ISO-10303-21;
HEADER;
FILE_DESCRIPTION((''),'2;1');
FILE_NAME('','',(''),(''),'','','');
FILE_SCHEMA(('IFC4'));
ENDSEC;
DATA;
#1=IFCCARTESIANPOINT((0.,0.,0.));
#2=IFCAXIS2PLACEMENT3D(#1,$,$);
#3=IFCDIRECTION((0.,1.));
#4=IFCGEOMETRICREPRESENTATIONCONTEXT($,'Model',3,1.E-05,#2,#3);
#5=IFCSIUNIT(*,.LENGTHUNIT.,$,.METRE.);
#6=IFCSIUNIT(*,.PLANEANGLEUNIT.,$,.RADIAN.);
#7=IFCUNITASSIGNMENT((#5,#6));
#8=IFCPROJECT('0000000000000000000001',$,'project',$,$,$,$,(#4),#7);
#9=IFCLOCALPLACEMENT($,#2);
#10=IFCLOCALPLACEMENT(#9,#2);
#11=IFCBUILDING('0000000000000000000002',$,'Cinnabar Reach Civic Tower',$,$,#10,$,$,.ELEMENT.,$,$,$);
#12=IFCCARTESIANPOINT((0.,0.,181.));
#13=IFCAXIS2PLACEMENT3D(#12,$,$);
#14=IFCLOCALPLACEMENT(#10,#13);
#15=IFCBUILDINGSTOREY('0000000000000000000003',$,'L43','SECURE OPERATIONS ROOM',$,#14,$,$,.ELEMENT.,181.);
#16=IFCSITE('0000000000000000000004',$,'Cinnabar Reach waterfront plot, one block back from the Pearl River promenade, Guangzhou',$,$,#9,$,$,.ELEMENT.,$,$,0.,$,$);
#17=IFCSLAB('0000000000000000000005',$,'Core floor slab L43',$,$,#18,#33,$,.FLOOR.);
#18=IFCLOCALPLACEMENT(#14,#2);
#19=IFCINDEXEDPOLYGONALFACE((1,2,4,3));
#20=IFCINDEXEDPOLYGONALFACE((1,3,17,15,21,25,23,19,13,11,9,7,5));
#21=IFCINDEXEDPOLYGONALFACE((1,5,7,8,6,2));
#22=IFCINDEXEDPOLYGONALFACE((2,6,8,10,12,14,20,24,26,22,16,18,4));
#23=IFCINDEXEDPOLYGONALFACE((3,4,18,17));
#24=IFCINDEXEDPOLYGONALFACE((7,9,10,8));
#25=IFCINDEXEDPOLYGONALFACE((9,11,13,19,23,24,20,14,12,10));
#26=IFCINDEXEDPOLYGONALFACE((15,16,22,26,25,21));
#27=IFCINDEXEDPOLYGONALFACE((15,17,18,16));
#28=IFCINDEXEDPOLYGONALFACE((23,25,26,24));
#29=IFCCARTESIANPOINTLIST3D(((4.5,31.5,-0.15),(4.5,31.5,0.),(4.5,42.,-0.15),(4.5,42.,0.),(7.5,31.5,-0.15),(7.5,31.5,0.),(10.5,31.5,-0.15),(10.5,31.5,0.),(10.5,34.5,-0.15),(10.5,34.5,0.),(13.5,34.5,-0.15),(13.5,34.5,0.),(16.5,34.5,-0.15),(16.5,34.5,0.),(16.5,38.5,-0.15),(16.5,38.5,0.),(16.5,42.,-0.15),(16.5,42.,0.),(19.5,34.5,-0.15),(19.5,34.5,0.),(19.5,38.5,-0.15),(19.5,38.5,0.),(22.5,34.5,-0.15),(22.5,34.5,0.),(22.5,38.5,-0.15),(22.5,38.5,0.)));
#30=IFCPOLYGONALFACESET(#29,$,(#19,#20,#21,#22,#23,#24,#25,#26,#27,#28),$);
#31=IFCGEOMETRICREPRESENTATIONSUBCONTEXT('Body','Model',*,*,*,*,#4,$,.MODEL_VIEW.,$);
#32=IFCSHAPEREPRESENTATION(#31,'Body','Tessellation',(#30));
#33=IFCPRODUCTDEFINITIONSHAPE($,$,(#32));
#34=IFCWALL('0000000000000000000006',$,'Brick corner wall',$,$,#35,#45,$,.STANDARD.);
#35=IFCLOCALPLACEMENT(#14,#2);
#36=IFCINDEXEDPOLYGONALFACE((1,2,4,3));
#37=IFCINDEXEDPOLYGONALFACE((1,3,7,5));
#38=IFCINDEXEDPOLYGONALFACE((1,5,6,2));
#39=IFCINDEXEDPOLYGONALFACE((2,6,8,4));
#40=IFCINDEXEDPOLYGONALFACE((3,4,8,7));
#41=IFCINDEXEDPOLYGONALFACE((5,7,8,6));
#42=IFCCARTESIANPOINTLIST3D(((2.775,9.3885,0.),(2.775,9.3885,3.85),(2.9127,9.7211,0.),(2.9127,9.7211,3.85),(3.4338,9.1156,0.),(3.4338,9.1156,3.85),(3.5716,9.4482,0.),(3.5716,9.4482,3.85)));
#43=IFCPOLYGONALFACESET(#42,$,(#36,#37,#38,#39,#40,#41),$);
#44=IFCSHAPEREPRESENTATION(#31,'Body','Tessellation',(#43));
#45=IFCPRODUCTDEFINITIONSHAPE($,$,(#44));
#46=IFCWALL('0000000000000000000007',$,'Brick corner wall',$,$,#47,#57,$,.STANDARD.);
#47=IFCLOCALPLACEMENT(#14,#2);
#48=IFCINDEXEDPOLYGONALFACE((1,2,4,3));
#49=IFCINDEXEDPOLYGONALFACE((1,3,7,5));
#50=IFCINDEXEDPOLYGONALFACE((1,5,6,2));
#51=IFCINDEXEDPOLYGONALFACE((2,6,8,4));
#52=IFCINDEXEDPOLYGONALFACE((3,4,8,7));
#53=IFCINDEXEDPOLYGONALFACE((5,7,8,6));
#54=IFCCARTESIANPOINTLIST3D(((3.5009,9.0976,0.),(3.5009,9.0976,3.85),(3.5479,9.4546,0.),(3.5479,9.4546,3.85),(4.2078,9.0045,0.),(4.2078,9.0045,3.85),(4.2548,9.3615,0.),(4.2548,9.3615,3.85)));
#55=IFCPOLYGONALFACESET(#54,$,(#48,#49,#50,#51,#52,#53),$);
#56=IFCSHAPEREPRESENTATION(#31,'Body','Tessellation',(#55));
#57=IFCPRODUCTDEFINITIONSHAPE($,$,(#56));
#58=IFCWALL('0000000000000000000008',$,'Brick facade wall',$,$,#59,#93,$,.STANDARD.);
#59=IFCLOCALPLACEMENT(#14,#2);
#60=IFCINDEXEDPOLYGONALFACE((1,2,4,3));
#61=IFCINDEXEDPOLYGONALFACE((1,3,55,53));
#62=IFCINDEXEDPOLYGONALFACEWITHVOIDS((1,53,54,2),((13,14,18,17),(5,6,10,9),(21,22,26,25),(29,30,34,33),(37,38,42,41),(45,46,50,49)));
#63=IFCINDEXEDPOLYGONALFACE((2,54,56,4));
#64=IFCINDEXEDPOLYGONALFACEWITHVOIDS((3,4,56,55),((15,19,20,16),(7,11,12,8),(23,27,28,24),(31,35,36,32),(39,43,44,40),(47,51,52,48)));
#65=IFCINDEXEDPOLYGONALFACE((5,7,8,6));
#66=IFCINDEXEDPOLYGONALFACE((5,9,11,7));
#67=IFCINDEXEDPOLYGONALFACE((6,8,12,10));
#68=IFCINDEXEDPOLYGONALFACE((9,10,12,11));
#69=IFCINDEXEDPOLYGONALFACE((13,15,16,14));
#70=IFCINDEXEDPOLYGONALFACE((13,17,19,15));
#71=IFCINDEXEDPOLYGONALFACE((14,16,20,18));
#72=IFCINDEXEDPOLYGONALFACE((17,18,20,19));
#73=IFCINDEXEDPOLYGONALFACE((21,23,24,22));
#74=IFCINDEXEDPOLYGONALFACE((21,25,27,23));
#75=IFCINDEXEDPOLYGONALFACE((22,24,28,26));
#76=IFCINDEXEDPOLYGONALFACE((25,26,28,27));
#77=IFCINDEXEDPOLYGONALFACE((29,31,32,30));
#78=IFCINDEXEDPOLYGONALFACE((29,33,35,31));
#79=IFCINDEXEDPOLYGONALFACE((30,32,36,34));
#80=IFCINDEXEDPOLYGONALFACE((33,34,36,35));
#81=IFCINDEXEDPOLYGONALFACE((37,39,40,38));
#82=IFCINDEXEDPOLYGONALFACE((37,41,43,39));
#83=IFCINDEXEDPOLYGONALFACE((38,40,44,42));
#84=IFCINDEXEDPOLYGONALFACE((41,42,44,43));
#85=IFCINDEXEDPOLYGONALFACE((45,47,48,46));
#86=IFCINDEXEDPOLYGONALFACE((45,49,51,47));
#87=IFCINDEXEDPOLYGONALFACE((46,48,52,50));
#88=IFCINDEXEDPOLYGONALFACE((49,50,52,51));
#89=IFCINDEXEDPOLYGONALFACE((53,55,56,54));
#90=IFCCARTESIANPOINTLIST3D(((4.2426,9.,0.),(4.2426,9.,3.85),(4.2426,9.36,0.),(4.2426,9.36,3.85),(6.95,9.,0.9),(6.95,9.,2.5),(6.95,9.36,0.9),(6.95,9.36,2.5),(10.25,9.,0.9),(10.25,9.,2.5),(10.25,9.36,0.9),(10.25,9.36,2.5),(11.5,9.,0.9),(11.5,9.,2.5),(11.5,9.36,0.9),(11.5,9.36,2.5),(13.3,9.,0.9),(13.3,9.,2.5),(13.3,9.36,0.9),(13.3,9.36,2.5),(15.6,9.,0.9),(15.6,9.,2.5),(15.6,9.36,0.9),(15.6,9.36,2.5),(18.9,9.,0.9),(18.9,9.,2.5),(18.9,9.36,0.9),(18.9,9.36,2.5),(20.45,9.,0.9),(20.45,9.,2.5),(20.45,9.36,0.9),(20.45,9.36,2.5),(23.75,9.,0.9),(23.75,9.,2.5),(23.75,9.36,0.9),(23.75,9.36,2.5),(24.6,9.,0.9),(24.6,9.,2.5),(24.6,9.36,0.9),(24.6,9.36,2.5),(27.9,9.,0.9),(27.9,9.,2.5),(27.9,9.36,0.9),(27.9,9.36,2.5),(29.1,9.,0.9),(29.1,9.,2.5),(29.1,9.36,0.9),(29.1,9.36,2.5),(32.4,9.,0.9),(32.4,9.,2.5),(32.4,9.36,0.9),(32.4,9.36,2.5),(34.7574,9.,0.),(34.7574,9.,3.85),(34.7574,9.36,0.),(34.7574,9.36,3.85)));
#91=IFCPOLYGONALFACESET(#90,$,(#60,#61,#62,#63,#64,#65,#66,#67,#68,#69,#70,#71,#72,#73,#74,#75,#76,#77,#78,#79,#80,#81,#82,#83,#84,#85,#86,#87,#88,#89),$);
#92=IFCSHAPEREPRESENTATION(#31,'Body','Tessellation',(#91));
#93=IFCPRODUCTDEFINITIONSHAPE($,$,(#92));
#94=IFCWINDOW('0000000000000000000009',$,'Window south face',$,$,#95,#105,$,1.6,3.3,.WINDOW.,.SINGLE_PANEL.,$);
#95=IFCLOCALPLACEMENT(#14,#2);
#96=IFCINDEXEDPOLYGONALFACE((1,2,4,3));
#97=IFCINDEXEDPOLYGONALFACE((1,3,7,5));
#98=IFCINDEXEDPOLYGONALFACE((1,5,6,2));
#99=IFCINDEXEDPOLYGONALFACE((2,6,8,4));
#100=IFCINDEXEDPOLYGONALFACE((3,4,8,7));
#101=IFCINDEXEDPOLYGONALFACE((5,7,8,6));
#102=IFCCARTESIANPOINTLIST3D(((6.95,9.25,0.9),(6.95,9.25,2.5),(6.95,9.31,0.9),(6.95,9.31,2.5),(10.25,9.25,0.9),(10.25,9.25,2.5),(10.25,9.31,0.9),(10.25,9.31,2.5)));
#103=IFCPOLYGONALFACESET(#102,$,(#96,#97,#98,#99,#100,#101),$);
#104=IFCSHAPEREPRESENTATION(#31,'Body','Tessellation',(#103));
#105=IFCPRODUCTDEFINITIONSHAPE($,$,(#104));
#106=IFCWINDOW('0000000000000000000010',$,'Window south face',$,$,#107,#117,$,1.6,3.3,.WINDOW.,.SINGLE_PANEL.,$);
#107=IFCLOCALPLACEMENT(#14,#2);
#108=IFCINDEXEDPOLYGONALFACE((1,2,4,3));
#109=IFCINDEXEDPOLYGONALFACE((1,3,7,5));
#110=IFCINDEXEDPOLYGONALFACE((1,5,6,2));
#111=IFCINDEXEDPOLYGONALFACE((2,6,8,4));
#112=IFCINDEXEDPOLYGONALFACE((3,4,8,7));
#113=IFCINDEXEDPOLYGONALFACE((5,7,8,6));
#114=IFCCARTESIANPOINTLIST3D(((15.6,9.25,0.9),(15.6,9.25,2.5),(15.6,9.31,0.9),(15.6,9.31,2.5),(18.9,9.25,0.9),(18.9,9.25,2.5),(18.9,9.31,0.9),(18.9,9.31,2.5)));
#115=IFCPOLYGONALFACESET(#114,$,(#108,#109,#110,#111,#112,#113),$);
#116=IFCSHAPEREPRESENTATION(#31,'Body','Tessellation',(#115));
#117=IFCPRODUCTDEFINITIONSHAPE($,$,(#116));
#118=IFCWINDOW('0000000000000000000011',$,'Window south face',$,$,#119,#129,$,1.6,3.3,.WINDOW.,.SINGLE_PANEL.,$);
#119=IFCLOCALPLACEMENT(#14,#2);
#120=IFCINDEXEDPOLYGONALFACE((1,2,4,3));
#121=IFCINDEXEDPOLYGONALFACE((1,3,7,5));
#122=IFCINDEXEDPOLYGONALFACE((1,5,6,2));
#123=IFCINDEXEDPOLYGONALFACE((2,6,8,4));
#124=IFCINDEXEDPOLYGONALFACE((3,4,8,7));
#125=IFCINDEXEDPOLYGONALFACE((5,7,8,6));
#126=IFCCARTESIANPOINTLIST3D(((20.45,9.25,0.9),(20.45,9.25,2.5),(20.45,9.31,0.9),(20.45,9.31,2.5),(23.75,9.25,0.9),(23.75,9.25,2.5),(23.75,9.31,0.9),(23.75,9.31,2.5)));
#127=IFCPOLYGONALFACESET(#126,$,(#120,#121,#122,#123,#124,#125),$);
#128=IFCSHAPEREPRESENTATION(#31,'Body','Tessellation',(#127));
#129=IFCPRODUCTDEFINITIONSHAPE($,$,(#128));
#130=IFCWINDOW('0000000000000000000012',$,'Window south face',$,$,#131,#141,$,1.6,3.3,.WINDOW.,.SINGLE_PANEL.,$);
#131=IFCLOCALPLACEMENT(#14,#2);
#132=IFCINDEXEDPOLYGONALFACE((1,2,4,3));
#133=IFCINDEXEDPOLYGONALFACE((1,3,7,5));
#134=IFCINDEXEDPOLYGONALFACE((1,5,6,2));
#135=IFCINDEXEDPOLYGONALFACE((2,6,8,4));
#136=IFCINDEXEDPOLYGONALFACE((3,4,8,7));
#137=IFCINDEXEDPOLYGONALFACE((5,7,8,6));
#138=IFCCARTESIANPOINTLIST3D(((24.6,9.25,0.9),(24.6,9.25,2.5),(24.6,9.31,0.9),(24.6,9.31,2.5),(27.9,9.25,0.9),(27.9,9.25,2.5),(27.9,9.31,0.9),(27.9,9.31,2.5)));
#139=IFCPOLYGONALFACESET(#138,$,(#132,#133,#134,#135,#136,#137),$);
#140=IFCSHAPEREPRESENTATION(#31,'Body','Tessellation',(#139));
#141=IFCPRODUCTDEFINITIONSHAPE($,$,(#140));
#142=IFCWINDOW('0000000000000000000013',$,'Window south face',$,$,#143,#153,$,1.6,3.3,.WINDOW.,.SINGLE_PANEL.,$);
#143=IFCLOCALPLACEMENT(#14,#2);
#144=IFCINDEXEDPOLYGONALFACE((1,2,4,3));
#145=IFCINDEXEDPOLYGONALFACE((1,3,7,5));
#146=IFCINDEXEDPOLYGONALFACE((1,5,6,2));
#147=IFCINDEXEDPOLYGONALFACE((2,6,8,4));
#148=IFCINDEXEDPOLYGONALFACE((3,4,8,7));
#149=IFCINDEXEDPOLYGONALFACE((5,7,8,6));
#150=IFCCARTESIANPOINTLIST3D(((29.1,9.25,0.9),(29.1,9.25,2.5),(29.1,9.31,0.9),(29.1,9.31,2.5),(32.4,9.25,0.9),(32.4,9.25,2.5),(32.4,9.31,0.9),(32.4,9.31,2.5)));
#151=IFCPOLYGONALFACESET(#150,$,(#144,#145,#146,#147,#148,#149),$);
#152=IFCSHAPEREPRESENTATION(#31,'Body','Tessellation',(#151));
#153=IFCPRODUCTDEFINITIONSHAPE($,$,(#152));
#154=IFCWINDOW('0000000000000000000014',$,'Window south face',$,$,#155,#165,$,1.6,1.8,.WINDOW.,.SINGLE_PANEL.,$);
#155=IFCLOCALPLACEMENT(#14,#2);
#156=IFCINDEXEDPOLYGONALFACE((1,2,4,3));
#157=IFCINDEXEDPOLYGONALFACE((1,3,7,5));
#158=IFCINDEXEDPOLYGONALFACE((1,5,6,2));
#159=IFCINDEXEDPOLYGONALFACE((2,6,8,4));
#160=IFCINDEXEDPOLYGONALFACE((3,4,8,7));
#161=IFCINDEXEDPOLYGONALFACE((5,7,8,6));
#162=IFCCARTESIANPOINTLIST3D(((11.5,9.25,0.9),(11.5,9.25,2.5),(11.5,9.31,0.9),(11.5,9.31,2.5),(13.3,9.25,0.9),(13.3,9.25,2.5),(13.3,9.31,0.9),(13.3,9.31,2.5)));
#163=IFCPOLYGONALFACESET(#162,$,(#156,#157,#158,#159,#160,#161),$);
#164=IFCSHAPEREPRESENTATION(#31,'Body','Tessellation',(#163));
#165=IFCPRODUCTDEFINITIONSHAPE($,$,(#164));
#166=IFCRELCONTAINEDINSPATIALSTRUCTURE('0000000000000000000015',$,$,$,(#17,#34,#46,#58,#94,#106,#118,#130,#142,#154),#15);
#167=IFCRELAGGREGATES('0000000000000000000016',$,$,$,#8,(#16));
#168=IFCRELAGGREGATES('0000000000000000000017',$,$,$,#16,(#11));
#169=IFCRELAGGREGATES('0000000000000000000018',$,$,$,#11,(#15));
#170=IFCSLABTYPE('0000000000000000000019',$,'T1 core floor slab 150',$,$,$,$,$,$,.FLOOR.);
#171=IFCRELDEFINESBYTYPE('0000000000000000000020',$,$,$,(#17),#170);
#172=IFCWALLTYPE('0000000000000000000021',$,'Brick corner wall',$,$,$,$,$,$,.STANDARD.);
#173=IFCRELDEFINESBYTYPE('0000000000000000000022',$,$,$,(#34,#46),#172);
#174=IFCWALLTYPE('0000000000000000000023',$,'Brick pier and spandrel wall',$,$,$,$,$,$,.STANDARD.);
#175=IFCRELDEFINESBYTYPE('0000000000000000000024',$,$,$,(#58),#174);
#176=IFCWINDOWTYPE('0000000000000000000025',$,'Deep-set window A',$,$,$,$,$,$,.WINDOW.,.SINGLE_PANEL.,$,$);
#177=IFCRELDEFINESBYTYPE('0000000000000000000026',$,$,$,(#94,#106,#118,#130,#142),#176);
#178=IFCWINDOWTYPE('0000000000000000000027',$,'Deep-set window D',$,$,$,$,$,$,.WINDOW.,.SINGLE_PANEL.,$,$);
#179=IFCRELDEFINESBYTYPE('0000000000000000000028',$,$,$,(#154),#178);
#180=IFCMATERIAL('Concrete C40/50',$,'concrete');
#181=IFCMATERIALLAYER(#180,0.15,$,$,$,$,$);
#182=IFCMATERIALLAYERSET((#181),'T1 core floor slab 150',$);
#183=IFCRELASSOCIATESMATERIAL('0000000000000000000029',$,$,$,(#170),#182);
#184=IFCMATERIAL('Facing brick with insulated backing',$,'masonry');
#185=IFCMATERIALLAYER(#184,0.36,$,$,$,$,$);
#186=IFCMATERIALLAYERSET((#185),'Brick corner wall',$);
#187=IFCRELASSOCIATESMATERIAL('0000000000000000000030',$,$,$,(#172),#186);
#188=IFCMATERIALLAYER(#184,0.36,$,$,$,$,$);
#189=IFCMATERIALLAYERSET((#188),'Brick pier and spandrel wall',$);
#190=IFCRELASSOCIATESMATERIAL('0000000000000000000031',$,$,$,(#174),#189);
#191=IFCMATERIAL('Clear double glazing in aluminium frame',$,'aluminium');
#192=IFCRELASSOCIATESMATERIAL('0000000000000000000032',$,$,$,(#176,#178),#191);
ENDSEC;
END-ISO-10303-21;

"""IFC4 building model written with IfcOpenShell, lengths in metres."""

from ifc_helpers import new_model, si_unit, direction, frame, frame_2d, origin, place, context, subcontext, project, spatial, polyline, rectangle, outline, extrude, material, layer, layer_set, type_object, element, fill, save


model = new_model("IFC4")

# Units and contexts
model_context = context("Model", 3, precision=1e-05, world=origin(), true_north=direction((0.0, 1.0)))
body_context = subcontext(model_context, "Body", "Model", "MODEL_VIEW")
ifc_project = project(units=[si_unit("LENGTHUNIT", "METRE"), si_unit("PLANEANGLEUNIT", "RADIAN")], contexts=[model_context])

# Site, building, storey
site_placement = place(None, origin())
site = spatial("IfcSite", under=ifc_project, at=site_placement, Name="Cinnabar Reach waterfront plot, one block back from the Pearl River promenade, Guangzhou", CompositionType="ELEMENT", RefElevation=0.0)
building_placement = place(site_placement, origin())
building = spatial("IfcBuilding", under=site, at=building_placement, Name="Cinnabar Reach Civic Tower", CompositionType="ELEMENT")
storey_placement = place(building_placement, frame((0.0, 0.0, 181.0)))
storey = spatial("IfcBuildingStorey", under=building, at=storey_placement, Name="L43", Description="SECURE OPERATIONS ROOM", CompositionType="ELEMENT", Elevation=181.0)

# Shared definitions
ifc_material_1 = material(Name="Concrete C40/50", Category="concrete")

# Slab
ifc_layer_1 = layer(ifc_material_1, 0.15)
ifc_layer_set_1 = layer_set([ifc_layer_1], Name="T1 core floor slab 150")
slab_type_1 = type_object("IfcSlabType", Name="T1 core floor slab 150", PredefinedType="FLOOR", material=ifc_layer_set_1)
slab_1_placement = place(storey_placement, frame((0.0, 0.0, -0.15)))
element("IfcSlab", 1, at=slab_1_placement, inside=storey, type_object=slab_type_1, Name="Core floor slab L43", PredefinedType="FLOOR", context=body_context, shape_type="SweptSolid", body=[
    extrude(outline(polyline([(22.5, 34.5), (19.5, 34.5), (16.5, 34.5), (13.5, 34.5), (10.5, 34.5), (10.5, 31.5), (7.5, 31.5), (4.5, 31.5), (4.5, 42.0), (16.5, 42.0), (16.5, 38.5), (19.5, 38.5), (22.5, 38.5), (22.5, 34.5)])), origin(), (0.0, 0.0, 1.0), 0.15),
])

# Walls
ifc_material_2 = material(Name="Facing brick with insulated backing", Category="masonry")
ifc_layer_2 = layer(ifc_material_2, 0.36)
ifc_layer_set_2 = layer_set([ifc_layer_2], Name="Brick corner wall")
wall_type_1 = type_object("IfcWallType", Name="Brick corner wall", PredefinedType="STANDARD", material=ifc_layer_set_2)
for number, where, z_axis, x_axis, name in (
    (2, (2.8439, 9.5548, 0.0), (0.0, 0.0, 1.0), (0.923872, -0.382703, 0.0), "Brick corner wall"),
    (3, (3.5244, 9.2761, 0.0), (0.0, 0.0, 1.0), (0.991441, -0.130556, 0.0), "Brick corner wall"),
):
    element("IfcWall", number, at=place(storey_placement, frame(where, z_axis=z_axis, x_axis=x_axis)), inside=storey, type_object=wall_type_1, Name=name, PredefinedType="STANDARD", context=body_context, shape_type="SweptSolid", body=[
        extrude(rectangle(XDim=0.7131, YDim=0.36, at=frame_2d((0.3565, 0.0))), origin(), (0.0, 0.0, 1.0), 3.85),
    ])

# Wall, openings, windows
ifc_layer_3 = layer(ifc_material_2, 0.36)
ifc_layer_set_3 = layer_set([ifc_layer_3], Name="Brick pier and spandrel wall")
wall_type_2 = type_object("IfcWallType", Name="Brick pier and spandrel wall", PredefinedType="STANDARD", material=ifc_layer_set_3)
wall_1_placement = place(storey_placement, frame((4.2426, 9.18, 0.0), z_axis=(0.0, 0.0, 1.0), x_axis=(1.0, 0.0, 0.0)))
wall_1 = element("IfcWall", 4, at=wall_1_placement, inside=storey, type_object=wall_type_2, Name="Brick facade wall", PredefinedType="STANDARD", context=body_context, shape_type="SweptSolid", body=[
    extrude(rectangle(XDim=30.5148, YDim=0.36, at=frame_2d((15.2574, 0.0))), origin(), (0.0, 0.0, 1.0), 3.85),
])
opening_1_placement = place(wall_1_placement, frame((2.7074, 0.0, 0.9)))
opening_1 = element("IfcOpeningElement", 5, at=opening_1_placement, cuts=wall_1, PredefinedType="OPENING", context=body_context, shape_type="SweptSolid", body=[
    extrude(rectangle(XDim=3.3, YDim=1.6, at=frame_2d((1.65, 0.8))), frame((0.0, 0.19, 0.0), z_axis=(0.0, -1.0, 0.0), x_axis=(1.0, 0.0, 0.0)), (0.0, 0.0, 1.0), 0.38),
])
opening_2_placement = place(wall_1_placement, frame((7.2574, 0.0, 0.9)))
opening_2 = element("IfcOpeningElement", 6, at=opening_2_placement, cuts=wall_1, PredefinedType="OPENING", context=body_context, shape_type="SweptSolid", body=[
    extrude(rectangle(XDim=1.8, YDim=1.6, at=frame_2d((0.9, 0.8))), frame((0.0, 0.19, 0.0), z_axis=(0.0, -1.0, 0.0), x_axis=(1.0, 0.0, 0.0)), (0.0, 0.0, 1.0), 0.38),
])
opening_3_placement = place(wall_1_placement, frame((11.3574, 0.0, 0.9)))
opening_3 = element("IfcOpeningElement", 7, at=opening_3_placement, cuts=wall_1, PredefinedType="OPENING", context=body_context, shape_type="SweptSolid", body=[
    extrude(rectangle(XDim=3.3, YDim=1.6, at=frame_2d((1.65, 0.8))), frame((0.0, 0.19, 0.0), z_axis=(0.0, -1.0, 0.0), x_axis=(1.0, 0.0, 0.0)), (0.0, 0.0, 1.0), 0.38),
])
opening_4_placement = place(wall_1_placement, frame((16.2074, 0.0, 0.9)))
opening_4 = element("IfcOpeningElement", 8, at=opening_4_placement, cuts=wall_1, PredefinedType="OPENING", context=body_context, shape_type="SweptSolid", body=[
    extrude(rectangle(XDim=3.3, YDim=1.6, at=frame_2d((1.65, 0.8))), frame((0.0, 0.19, 0.0), z_axis=(0.0, -1.0, 0.0), x_axis=(1.0, 0.0, 0.0)), (0.0, 0.0, 1.0), 0.38),
])
opening_5_placement = place(wall_1_placement, frame((20.3574, 0.0, 0.9)))
opening_5 = element("IfcOpeningElement", 9, at=opening_5_placement, cuts=wall_1, PredefinedType="OPENING", context=body_context, shape_type="SweptSolid", body=[
    extrude(rectangle(XDim=3.3, YDim=1.6, at=frame_2d((1.65, 0.8))), frame((0.0, 0.19, 0.0), z_axis=(0.0, -1.0, 0.0), x_axis=(1.0, 0.0, 0.0)), (0.0, 0.0, 1.0), 0.38),
])
opening_6_placement = place(wall_1_placement, frame((24.8574, 0.0, 0.9)))
opening_6 = element("IfcOpeningElement", 10, at=opening_6_placement, cuts=wall_1, PredefinedType="OPENING", context=body_context, shape_type="SweptSolid", body=[
    extrude(rectangle(XDim=3.3, YDim=1.6, at=frame_2d((1.65, 0.8))), frame((0.0, 0.19, 0.0), z_axis=(0.0, -1.0, 0.0), x_axis=(1.0, 0.0, 0.0)), (0.0, 0.0, 1.0), 0.38),
])
ifc_material_3 = material(Name="Clear double glazing in aluminium frame", Category="aluminium")
window_type_1 = type_object("IfcWindowType", Name="Deep-set window A", PartitioningType="SINGLE_PANEL", PredefinedType="WINDOW", material=ifc_material_3)
window_1_placement = place(opening_1_placement, origin())
window_1 = element("IfcWindow", 11, at=window_1_placement, inside=storey, type_object=window_type_1, Name="Window south face", OverallHeight=1.6, OverallWidth=3.3, PartitioningType="SINGLE_PANEL", PredefinedType="WINDOW", context=body_context, shape_type="SweptSolid", body=[
    extrude(rectangle(XDim=3.3, YDim=1.6, at=frame_2d((1.65, 0.8))), frame((0.0, 0.13, 0.0), z_axis=(0.0, -1.0, 0.0), x_axis=(1.0, 0.0, 0.0)), (0.0, 0.0, 1.0), 0.06),
])
fill(opening_1, window_1)
window_2_placement = place(opening_3_placement, origin())
window_2 = element("IfcWindow", 12, at=window_2_placement, inside=storey, type_object=window_type_1, Name="Window south face", OverallHeight=1.6, OverallWidth=3.3, PartitioningType="SINGLE_PANEL", PredefinedType="WINDOW", context=body_context, shape_type="SweptSolid", body=[
    extrude(rectangle(XDim=3.3, YDim=1.6, at=frame_2d((1.65, 0.8))), frame((0.0, 0.13, 0.0), z_axis=(0.0, -1.0, 0.0), x_axis=(1.0, 0.0, 0.0)), (0.0, 0.0, 1.0), 0.06),
])
fill(opening_3, window_2)
window_3_placement = place(opening_4_placement, origin())
window_3 = element("IfcWindow", 13, at=window_3_placement, inside=storey, type_object=window_type_1, Name="Window south face", OverallHeight=1.6, OverallWidth=3.3, PartitioningType="SINGLE_PANEL", PredefinedType="WINDOW", context=body_context, shape_type="SweptSolid", body=[
    extrude(rectangle(XDim=3.3, YDim=1.6, at=frame_2d((1.65, 0.8))), frame((0.0, 0.13, 0.0), z_axis=(0.0, -1.0, 0.0), x_axis=(1.0, 0.0, 0.0)), (0.0, 0.0, 1.0), 0.06),
])
fill(opening_4, window_3)
window_4_placement = place(opening_5_placement, origin())
window_4 = element("IfcWindow", 14, at=window_4_placement, inside=storey, type_object=window_type_1, Name="Window south face", OverallHeight=1.6, OverallWidth=3.3, PartitioningType="SINGLE_PANEL", PredefinedType="WINDOW", context=body_context, shape_type="SweptSolid", body=[
    extrude(rectangle(XDim=3.3, YDim=1.6, at=frame_2d((1.65, 0.8))), frame((0.0, 0.13, 0.0), z_axis=(0.0, -1.0, 0.0), x_axis=(1.0, 0.0, 0.0)), (0.0, 0.0, 1.0), 0.06),
])
fill(opening_5, window_4)
window_5_placement = place(opening_6_placement, origin())
window_5 = element("IfcWindow", 15, at=window_5_placement, inside=storey, type_object=window_type_1, Name="Window south face", OverallHeight=1.6, OverallWidth=3.3, PartitioningType="SINGLE_PANEL", PredefinedType="WINDOW", context=body_context, shape_type="SweptSolid", body=[
    extrude(rectangle(XDim=3.3, YDim=1.6, at=frame_2d((1.65, 0.8))), frame((0.0, 0.13, 0.0), z_axis=(0.0, -1.0, 0.0), x_axis=(1.0, 0.0, 0.0)), (0.0, 0.0, 1.0), 0.06),
])
fill(opening_6, window_5)
window_type_2 = type_object("IfcWindowType", Name="Deep-set window D", PartitioningType="SINGLE_PANEL", PredefinedType="WINDOW", material=ifc_material_3)
window_6_placement = place(opening_2_placement, origin())
window_6 = element("IfcWindow", 16, at=window_6_placement, inside=storey, type_object=window_type_2, Name="Window south face", OverallHeight=1.6, OverallWidth=1.8, PartitioningType="SINGLE_PANEL", PredefinedType="WINDOW", context=body_context, shape_type="SweptSolid", body=[
    extrude(rectangle(XDim=1.8, YDim=1.6, at=frame_2d((0.9, 0.8))), frame((0.0, 0.13, 0.0), z_axis=(0.0, -1.0, 0.0), x_axis=(1.0, 0.0, 0.0)), (0.0, 0.0, 1.0), 0.06),
])
fill(opening_2, window_6)

save(model, "model.ifc")
